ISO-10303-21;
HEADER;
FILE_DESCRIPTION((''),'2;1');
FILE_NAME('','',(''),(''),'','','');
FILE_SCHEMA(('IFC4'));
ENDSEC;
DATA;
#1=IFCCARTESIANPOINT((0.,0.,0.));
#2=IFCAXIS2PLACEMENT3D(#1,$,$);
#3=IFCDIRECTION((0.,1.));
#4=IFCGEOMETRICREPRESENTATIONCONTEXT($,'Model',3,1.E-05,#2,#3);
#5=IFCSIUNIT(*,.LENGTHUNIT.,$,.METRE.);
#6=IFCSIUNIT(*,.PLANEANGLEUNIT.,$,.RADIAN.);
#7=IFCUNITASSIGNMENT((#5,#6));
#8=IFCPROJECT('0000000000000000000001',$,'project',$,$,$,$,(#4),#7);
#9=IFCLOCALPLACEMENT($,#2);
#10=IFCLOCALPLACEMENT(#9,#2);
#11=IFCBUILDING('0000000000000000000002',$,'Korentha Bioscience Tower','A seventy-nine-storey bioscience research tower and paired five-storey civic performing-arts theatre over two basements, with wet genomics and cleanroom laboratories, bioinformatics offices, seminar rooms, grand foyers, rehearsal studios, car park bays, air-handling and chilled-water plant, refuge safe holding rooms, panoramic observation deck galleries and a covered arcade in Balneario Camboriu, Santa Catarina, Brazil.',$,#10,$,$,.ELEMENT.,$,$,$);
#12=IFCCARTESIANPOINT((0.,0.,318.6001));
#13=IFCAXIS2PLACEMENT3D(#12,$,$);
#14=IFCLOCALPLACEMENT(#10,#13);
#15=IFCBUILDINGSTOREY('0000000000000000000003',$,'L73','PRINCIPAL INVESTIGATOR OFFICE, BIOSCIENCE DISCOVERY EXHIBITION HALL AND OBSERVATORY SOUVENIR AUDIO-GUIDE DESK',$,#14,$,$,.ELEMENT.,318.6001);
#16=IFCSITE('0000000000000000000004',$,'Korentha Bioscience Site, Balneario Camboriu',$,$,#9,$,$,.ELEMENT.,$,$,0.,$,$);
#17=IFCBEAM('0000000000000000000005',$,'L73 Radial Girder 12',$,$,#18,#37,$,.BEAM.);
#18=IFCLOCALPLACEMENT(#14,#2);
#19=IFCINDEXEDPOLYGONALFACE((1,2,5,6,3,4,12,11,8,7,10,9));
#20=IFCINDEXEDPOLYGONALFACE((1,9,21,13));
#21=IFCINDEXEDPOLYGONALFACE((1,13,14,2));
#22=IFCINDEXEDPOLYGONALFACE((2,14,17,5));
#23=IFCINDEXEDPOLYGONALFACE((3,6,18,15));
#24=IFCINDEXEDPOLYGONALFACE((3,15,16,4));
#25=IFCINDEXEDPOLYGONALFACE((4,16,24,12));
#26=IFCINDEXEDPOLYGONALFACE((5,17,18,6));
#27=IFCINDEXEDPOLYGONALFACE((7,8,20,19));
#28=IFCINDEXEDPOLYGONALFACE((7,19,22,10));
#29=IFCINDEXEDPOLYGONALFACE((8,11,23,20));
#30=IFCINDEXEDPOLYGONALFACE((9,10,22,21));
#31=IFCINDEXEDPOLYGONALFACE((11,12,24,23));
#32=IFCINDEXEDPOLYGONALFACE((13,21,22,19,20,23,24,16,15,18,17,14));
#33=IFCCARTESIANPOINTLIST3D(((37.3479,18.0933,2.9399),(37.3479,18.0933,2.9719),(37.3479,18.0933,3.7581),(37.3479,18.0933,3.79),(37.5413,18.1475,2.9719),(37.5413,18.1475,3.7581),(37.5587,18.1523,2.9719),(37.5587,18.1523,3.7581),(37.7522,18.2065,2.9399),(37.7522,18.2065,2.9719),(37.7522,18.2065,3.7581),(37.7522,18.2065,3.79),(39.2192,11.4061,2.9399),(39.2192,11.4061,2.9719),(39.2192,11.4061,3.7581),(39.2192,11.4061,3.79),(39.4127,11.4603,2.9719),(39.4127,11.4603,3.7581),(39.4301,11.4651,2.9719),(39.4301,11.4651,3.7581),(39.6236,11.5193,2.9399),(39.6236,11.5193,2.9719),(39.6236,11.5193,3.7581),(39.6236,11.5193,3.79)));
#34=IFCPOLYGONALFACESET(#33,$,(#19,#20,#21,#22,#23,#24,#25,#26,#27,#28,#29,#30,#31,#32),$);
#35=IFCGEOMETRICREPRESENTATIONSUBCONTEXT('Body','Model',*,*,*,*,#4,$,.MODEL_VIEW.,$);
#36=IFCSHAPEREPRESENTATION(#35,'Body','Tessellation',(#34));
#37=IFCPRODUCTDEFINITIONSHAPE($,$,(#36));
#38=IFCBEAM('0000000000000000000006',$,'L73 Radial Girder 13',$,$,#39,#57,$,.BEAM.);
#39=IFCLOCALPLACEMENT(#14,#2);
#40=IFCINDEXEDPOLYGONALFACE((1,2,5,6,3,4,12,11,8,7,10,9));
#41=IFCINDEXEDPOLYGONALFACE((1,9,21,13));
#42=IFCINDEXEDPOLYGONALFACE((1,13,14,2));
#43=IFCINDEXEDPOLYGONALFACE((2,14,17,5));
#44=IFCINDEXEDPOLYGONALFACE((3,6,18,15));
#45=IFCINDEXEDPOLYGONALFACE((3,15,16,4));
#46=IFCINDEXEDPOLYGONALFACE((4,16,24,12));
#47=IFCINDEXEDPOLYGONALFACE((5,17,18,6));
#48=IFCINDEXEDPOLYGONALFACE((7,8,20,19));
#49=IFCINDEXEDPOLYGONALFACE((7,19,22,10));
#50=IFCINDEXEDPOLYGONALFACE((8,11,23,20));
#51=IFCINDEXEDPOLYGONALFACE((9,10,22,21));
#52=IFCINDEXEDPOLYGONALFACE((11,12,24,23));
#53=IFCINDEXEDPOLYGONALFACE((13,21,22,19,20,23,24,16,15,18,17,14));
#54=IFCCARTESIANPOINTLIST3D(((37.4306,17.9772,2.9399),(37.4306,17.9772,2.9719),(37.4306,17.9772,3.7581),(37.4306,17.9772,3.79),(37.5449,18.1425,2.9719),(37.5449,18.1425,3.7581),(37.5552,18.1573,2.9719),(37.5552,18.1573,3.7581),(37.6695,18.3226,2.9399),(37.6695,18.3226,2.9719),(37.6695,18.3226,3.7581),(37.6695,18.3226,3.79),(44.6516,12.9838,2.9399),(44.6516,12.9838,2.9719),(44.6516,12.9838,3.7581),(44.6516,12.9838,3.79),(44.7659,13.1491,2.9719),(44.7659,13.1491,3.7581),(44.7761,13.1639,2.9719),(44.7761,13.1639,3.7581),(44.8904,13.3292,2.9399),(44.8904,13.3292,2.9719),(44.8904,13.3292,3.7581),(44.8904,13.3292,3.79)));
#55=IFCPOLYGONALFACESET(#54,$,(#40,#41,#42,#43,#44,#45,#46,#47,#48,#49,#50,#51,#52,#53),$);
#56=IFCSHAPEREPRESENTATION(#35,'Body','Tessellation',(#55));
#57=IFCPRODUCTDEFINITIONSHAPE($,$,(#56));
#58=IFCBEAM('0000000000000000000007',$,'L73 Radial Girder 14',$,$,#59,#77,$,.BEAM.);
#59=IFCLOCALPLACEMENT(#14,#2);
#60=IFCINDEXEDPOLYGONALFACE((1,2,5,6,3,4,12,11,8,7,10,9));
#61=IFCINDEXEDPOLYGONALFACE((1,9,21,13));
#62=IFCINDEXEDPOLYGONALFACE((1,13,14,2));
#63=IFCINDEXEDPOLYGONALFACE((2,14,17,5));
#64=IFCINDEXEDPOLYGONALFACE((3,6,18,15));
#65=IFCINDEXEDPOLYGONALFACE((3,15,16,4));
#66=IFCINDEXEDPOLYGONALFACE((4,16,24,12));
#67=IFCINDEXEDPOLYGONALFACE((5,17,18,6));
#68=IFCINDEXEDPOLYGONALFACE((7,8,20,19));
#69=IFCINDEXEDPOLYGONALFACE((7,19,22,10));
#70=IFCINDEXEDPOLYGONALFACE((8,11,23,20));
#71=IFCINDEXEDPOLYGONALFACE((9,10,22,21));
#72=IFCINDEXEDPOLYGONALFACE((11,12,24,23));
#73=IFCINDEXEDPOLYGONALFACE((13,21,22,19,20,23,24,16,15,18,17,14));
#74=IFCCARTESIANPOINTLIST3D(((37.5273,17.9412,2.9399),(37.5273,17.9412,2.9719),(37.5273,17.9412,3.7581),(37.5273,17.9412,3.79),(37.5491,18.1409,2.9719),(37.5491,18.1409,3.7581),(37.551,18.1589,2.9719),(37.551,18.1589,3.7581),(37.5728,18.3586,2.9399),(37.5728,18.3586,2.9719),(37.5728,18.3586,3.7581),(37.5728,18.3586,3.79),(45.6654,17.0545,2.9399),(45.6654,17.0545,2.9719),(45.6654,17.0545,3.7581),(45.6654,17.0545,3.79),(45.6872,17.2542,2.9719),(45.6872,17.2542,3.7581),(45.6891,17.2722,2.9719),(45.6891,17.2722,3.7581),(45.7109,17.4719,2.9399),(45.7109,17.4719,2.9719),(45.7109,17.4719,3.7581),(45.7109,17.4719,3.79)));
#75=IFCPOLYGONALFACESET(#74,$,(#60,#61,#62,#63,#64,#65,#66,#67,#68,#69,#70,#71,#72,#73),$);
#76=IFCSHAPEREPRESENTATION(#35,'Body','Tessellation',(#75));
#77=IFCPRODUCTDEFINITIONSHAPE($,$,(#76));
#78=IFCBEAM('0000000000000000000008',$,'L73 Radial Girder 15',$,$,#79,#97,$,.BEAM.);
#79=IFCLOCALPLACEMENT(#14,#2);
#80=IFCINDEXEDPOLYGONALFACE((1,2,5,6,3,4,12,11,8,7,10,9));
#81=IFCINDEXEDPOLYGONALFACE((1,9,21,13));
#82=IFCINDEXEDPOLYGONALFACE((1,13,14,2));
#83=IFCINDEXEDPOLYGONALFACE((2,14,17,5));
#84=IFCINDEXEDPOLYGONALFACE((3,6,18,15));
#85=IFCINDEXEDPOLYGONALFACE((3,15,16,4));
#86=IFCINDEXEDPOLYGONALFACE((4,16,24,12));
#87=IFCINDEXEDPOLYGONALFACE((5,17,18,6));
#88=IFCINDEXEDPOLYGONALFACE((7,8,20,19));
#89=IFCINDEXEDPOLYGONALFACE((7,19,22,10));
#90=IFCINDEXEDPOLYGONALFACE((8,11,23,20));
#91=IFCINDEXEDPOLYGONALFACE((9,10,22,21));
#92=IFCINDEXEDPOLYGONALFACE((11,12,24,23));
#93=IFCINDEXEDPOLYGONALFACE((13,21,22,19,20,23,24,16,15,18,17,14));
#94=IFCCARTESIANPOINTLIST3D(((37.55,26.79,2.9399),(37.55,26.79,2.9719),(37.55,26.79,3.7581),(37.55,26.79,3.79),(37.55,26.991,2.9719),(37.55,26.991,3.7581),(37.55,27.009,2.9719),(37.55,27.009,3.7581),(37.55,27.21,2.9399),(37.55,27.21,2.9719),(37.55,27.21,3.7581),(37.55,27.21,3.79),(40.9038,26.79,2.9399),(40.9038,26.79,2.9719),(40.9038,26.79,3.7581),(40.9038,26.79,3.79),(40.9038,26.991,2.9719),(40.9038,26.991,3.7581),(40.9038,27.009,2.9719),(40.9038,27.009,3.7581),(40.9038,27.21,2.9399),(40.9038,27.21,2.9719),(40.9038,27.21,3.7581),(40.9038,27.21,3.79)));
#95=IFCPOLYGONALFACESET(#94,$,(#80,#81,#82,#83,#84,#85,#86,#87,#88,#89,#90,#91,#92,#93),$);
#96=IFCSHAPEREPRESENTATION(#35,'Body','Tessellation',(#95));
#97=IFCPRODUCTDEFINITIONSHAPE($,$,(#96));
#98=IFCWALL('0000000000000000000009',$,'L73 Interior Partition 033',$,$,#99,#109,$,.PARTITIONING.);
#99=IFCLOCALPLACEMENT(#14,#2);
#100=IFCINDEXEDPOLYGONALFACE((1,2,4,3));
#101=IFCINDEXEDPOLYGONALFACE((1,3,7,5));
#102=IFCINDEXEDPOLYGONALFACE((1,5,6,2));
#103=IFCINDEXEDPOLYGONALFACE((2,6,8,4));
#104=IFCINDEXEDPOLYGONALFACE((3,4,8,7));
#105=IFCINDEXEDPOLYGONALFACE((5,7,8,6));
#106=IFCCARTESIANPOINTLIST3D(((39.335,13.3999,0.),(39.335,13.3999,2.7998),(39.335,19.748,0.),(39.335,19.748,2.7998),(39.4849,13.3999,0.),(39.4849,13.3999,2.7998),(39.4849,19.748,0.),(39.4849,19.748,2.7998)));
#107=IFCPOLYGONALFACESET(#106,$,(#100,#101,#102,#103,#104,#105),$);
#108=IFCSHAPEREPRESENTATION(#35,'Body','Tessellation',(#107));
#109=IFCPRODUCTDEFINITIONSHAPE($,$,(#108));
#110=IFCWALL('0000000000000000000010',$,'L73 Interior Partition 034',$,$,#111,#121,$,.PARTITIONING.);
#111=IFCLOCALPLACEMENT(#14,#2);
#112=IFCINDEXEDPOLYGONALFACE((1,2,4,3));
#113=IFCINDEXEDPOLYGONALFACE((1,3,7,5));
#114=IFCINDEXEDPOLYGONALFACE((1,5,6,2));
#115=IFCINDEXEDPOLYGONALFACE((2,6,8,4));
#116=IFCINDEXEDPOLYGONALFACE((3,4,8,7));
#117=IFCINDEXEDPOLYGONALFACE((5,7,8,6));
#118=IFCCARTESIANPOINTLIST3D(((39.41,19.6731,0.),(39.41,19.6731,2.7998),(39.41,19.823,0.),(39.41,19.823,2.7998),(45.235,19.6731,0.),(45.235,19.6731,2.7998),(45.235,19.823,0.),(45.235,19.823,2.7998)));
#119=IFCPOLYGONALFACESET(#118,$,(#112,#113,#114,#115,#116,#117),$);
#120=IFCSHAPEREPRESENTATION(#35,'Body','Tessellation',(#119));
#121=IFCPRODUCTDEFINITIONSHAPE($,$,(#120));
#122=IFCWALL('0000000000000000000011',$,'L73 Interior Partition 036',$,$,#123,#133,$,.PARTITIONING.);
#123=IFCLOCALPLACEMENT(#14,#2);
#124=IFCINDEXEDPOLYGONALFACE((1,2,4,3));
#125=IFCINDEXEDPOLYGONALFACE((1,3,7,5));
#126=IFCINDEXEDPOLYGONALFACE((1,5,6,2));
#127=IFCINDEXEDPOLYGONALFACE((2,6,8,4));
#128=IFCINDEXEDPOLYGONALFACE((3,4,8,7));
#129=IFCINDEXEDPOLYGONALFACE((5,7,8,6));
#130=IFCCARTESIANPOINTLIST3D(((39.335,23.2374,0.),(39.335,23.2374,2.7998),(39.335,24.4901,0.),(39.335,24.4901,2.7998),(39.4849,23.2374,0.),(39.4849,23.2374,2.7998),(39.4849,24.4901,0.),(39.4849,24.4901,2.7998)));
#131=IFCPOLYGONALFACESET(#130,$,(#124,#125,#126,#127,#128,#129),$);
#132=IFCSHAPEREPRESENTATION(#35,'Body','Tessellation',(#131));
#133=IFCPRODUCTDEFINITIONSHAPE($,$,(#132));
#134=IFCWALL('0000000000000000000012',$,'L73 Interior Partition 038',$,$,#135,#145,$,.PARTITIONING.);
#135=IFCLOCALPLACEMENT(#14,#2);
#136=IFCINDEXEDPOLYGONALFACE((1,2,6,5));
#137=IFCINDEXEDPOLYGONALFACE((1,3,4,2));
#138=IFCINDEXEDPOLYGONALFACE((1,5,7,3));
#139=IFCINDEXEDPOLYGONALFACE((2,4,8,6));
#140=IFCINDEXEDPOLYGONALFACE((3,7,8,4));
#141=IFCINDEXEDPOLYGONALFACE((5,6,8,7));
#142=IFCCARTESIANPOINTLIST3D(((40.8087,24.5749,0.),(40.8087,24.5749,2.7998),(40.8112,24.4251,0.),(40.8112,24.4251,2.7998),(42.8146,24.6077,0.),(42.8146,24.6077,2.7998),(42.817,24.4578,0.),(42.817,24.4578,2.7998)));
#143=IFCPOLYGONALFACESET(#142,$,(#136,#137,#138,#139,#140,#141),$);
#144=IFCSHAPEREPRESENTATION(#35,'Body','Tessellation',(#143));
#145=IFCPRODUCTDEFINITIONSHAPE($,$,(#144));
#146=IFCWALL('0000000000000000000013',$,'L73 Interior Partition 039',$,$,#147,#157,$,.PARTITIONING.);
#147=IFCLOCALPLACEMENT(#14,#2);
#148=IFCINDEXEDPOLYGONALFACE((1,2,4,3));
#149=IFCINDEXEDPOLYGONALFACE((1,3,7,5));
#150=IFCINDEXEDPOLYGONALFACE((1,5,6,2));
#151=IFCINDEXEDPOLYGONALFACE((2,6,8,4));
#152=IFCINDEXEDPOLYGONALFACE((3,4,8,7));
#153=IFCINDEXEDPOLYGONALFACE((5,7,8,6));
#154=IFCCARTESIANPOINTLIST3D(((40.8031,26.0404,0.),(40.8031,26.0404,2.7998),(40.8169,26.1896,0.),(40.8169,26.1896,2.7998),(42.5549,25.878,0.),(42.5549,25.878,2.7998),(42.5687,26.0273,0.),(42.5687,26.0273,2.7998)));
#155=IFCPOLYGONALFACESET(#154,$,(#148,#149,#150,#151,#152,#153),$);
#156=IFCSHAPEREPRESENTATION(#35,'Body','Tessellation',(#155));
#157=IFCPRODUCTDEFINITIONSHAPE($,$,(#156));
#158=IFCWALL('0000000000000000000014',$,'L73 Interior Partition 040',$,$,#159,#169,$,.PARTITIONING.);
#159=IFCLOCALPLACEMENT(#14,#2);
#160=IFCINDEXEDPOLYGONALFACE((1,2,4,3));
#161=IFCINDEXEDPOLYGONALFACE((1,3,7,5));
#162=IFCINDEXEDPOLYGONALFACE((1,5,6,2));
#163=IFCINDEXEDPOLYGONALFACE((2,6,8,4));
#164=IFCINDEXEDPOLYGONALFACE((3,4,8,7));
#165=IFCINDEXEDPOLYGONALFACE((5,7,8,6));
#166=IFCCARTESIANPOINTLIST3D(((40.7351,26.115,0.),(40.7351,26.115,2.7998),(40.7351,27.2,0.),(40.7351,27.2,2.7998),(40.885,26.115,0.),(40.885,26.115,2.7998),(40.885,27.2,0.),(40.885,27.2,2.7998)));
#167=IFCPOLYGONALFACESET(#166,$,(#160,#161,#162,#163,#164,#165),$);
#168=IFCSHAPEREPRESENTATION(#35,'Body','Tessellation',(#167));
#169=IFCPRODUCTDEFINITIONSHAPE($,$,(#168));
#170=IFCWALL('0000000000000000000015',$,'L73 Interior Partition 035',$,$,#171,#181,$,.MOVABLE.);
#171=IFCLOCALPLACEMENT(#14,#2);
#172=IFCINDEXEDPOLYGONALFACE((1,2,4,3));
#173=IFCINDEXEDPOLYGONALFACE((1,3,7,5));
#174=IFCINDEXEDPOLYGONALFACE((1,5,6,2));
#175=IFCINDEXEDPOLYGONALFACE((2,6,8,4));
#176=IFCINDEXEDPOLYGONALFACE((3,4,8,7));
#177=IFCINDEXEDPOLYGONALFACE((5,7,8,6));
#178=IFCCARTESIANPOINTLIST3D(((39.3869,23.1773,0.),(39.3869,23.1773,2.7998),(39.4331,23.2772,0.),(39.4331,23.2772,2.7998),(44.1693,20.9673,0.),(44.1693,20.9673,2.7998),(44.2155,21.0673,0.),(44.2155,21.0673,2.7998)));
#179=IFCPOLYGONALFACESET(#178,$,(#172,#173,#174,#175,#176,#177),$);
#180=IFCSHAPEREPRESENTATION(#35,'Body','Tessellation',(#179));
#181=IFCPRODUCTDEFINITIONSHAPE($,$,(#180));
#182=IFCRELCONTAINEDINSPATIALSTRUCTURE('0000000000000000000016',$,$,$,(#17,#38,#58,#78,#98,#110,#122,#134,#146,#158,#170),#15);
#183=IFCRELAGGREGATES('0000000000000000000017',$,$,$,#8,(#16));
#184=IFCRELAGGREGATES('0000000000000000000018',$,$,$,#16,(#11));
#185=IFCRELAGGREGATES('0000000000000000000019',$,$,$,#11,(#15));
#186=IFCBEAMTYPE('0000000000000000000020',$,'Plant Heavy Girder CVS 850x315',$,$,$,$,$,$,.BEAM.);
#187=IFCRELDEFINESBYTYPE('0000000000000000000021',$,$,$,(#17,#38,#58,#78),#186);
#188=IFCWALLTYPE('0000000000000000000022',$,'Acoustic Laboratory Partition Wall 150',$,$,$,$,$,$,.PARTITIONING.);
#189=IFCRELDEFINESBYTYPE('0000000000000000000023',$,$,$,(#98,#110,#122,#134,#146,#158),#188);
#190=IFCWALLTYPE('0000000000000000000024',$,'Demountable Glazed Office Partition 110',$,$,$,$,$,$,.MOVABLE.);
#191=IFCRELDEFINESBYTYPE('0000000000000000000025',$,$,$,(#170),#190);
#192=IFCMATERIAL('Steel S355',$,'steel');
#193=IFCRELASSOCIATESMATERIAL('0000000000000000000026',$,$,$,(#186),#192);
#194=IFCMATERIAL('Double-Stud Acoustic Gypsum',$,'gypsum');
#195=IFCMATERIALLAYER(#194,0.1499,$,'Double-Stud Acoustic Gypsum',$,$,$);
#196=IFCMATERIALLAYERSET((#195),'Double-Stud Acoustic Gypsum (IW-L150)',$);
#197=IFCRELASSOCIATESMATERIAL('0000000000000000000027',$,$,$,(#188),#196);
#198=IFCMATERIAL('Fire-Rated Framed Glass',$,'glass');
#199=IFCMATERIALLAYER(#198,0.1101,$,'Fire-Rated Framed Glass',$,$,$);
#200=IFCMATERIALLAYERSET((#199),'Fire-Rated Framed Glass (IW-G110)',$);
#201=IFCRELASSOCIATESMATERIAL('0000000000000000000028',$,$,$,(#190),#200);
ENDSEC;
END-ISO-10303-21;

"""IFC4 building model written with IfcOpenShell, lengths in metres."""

from ifc_helpers import new_model, si_unit, direction, frame, frame_2d, origin, origin_2d, place, context, subcontext, project, spatial, rectangle, i_section, extrude, material, layer, layer_set, material_profile, profile_set, type_object, element, save


model = new_model("IFC4")

# Units and contexts
model_context = context("Model", 3, precision=1e-05, world=origin(), true_north=direction((0.0, 1.0)))
body_context = subcontext(model_context, "Body", "Model", "MODEL_VIEW")
ifc_project = project(units=[si_unit("LENGTHUNIT", "METRE"), si_unit("PLANEANGLEUNIT", "RADIAN")], contexts=[model_context])

# Site, building, storey
site_placement = place(None, origin())
site = spatial("IfcSite", under=ifc_project, at=site_placement, Name="Korentha Bioscience Site, Balneario Camboriu", CompositionType="ELEMENT", RefElevation=0.0)
building_placement = place(site_placement, origin())
building = spatial("IfcBuilding", under=site, at=building_placement, Name="Korentha Bioscience Tower", Description="A seventy-nine-storey bioscience research tower and paired five-storey civic performing-arts theatre over two basements, with wet genomics and cleanroom laboratories, bioinformatics offices, seminar rooms, grand foyers, rehearsal studios, car park bays, air-handling and chilled-water plant, refuge safe holding rooms, panoramic observation deck galleries and a covered arcade in Balneario Camboriu, Santa Catarina, Brazil.", CompositionType="ELEMENT")
storey_placement = place(building_placement, frame((0.0, 0.0, 318.6001)))
storey = spatial("IfcBuildingStorey", under=building, at=storey_placement, Name="L73", Description="PRINCIPAL INVESTIGATOR OFFICE, BIOSCIENCE DISCOVERY EXHIBITION HALL AND OBSERVATORY SOUVENIR AUDIO-GUIDE DESK", CompositionType="ELEMENT", Elevation=318.6001)

# Beams
ifc_material_1 = material(Name="Steel S355", Category="steel")
ifc_material_profile_1 = material_profile(ifc_material_1, i_section(OverallWidth=0.4199, OverallDepth=0.8501, WebThickness=0.0181, FlangeThickness=0.032, at=origin_2d()), Name="Steel S355")
ifc_profile_set_1 = profile_set([ifc_material_profile_1], Name="Steel S355 (MB-850)")
beam_type_1 = type_object("IfcBeamType", Name="Plant Heavy Girder CVS 850x315", PredefinedType="BEAM", material=ifc_profile_set_1)
beam_1_placement = place(storey_placement, frame((37.55, 18.1499, 3.365), z_axis=(0.269484, -0.963005, 0.0), x_axis=(0.963005, 0.269484, 0.0)))
element("IfcBeam", 1, at=beam_1_placement, inside=storey, type_object=beam_type_1, Name="L73 Radial Girder 12", PredefinedType="BEAM", context=body_context, shape_type="SweptSolid", body=[
    extrude(i_section(OverallWidth=0.4199, OverallDepth=0.8501, WebThickness=0.0181, FlangeThickness=0.032, at=origin_2d()), origin(), (0.0, 0.0, 1.0), 6.9441),
])
beam_2_placement = place(storey_placement, frame((37.55, 18.1499, 3.365), z_axis=(0.822496, -0.56877, 0.0), x_axis=(0.56877, 0.822496, 0.0)))
element("IfcBeam", 2, at=beam_2_placement, inside=storey, type_object=beam_type_1, Name="L73 Radial Girder 13", PredefinedType="BEAM", context=body_context, shape_type="SweptSolid", body=[
    extrude(i_section(OverallWidth=0.4199, OverallDepth=0.8501, WebThickness=0.0181, FlangeThickness=0.032, at=origin_2d()), origin(), (0.0, 0.0, 1.0), 8.7793),
])
beam_3_placement = place(storey_placement, frame((37.55, 18.1499, 3.365), z_axis=(0.994116, -0.108317, 0.0), x_axis=(0.108317, 0.994116, 0.0)))
element("IfcBeam", 3, at=beam_3_placement, inside=storey, type_object=beam_type_1, Name="L73 Radial Girder 14", PredefinedType="BEAM", context=body_context, shape_type="SweptSolid", body=[
    extrude(i_section(OverallWidth=0.4199, OverallDepth=0.8501, WebThickness=0.0181, FlangeThickness=0.032, at=origin_2d()), origin(), (0.0, 0.0, 1.0), 8.1863),
])
beam_4_placement = place(storey_placement, frame((37.55, 27.0, 3.365), z_axis=(1.0, 0.0, 0.0), x_axis=(0.0, 1.0, 0.0)))
element("IfcBeam", 4, at=beam_4_placement, inside=storey, type_object=beam_type_1, Name="L73 Radial Girder 15", PredefinedType="BEAM", context=body_context, shape_type="SweptSolid", body=[
    extrude(i_section(OverallWidth=0.4199, OverallDepth=0.8501, WebThickness=0.0181, FlangeThickness=0.032, at=origin_2d()), origin(), (0.0, 0.0, 1.0), 3.3538),
])

# Shared definitions
ifc_material_2 = material(Name="Double-Stud Acoustic Gypsum", Category="gypsum")
ifc_layer_1 = layer(ifc_material_2, 0.1499, Name="Double-Stud Acoustic Gypsum")
ifc_layer_set_1 = layer_set([ifc_layer_1], Name="Double-Stud Acoustic Gypsum (IW-L150)")
wall_type_1 = type_object("IfcWallType", Name="Acoustic Laboratory Partition Wall 150", PredefinedType="PARTITIONING", material=ifc_layer_set_1)

# Walls
wall_1_placement = place(storey_placement, frame((39.4099, 13.3999, 0.0), z_axis=(0.0, 0.0, 1.0), x_axis=(0.0, 1.0, 0.0)))
element("IfcWall", 5, at=wall_1_placement, inside=storey, type_object=wall_type_1, Name="L73 Interior Partition 033", PredefinedType="PARTITIONING", context=body_context, shape_type="SweptSolid", body=[
    extrude(rectangle(XDim=6.3481, YDim=0.1499, at=frame_2d((3.1741, 0.0))), origin(), (0.0, 0.0, 1.0), 2.7998),
])
wall_2_placement = place(storey_placement, frame((39.4099, 19.748, 0.0), z_axis=(0.0, 0.0, 1.0), x_axis=(1.0, 0.0, 0.0)))
element("IfcWall", 6, at=wall_2_placement, inside=storey, type_object=wall_type_1, Name="L73 Interior Partition 034", PredefinedType="PARTITIONING", context=body_context, shape_type="SweptSolid", body=[
    extrude(rectangle(XDim=5.825, YDim=0.1499, at=frame_2d((2.9126, 0.0))), origin(), (0.0, 0.0, 1.0), 2.7998),
])
wall_3_placement = place(storey_placement, frame((39.4099, 23.2373, 0.0), z_axis=(0.0, 0.0, 1.0), x_axis=(0.0, 1.0, 0.0)))
element("IfcWall", 7, at=wall_3_placement, inside=storey, type_object=wall_type_1, Name="L73 Interior Partition 036", PredefinedType="PARTITIONING", context=body_context, shape_type="SweptSolid", body=[
    extrude(rectangle(XDim=1.2527, YDim=0.1499, at=frame_2d((0.6265, 0.0))), origin(), (0.0, 0.0, 1.0), 2.7998),
])
wall_4_placement = place(storey_placement, frame((40.8101, 24.5, 0.0), z_axis=(0.0, 0.0, 1.0), x_axis=(0.999867, 0.016307, 0.0)))
element("IfcWall", 8, at=wall_4_placement, inside=storey, type_object=wall_type_1, Name="L73 Interior Partition 038", PredefinedType="PARTITIONING", context=body_context, shape_type="SweptSolid", body=[
    extrude(rectangle(XDim=2.0061, YDim=0.1499, at=frame_2d((1.0029, 0.0))), origin(), (0.0, 0.0, 1.0), 2.7998),
])
wall_5_placement = place(storey_placement, frame((42.5618, 25.9526, 0.0), z_axis=(0.0, 0.0, 1.0), x_axis=(-0.995732, 0.092287, 0.0)))
element("IfcWall", 9, at=wall_5_placement, inside=storey, type_object=wall_type_1, Name="L73 Interior Partition 039", PredefinedType="PARTITIONING", context=body_context, shape_type="SweptSolid", body=[
    extrude(rectangle(XDim=1.7593, YDim=0.1499, at=frame_2d((0.8796, 0.0))), origin(), (0.0, 0.0, 1.0), 2.7998),
])
wall_6_placement = place(storey_placement, frame((40.8101, 26.115, 0.0), z_axis=(0.0, 0.0, 1.0), x_axis=(0.0, 1.0, 0.0)))
element("IfcWall", 10, at=wall_6_placement, inside=storey, type_object=wall_type_1, Name="L73 Interior Partition 040", PredefinedType="PARTITIONING", context=body_context, shape_type="SweptSolid", body=[
    extrude(rectangle(XDim=1.085, YDim=0.1499, at=frame_2d((0.5425, 0.0))), origin(), (0.0, 0.0, 1.0), 2.7998),
])

# Shared definitions
ifc_material_3 = material(Name="Fire-Rated Framed Glass", Category="glass")
ifc_layer_2 = layer(ifc_material_3, 0.1101, Name="Fire-Rated Framed Glass")
ifc_layer_set_2 = layer_set([ifc_layer_2], Name="Fire-Rated Framed Glass (IW-G110)")
wall_type_2 = type_object("IfcWallType", Name="Demountable Glazed Office Partition 110", PredefinedType="MOVABLE", material=ifc_layer_set_2)

# Wall
wall_7_placement = place(storey_placement, frame((39.4099, 23.2273, 0.0), z_axis=(0.0, 0.0, 1.0), x_axis=(0.907767, -0.419475, 0.0)))
element("IfcWall", 11, at=wall_7_placement, inside=storey, type_object=wall_type_2, Name="L73 Interior Partition 035", PredefinedType="MOVABLE", context=body_context, shape_type="SweptSolid", body=[
    extrude(rectangle(XDim=5.2683, YDim=0.1101, at=frame_2d((2.6343, 0.0))), origin(), (0.0, 0.0, 1.0), 2.7998),
])

save(model, "model.ifc")
